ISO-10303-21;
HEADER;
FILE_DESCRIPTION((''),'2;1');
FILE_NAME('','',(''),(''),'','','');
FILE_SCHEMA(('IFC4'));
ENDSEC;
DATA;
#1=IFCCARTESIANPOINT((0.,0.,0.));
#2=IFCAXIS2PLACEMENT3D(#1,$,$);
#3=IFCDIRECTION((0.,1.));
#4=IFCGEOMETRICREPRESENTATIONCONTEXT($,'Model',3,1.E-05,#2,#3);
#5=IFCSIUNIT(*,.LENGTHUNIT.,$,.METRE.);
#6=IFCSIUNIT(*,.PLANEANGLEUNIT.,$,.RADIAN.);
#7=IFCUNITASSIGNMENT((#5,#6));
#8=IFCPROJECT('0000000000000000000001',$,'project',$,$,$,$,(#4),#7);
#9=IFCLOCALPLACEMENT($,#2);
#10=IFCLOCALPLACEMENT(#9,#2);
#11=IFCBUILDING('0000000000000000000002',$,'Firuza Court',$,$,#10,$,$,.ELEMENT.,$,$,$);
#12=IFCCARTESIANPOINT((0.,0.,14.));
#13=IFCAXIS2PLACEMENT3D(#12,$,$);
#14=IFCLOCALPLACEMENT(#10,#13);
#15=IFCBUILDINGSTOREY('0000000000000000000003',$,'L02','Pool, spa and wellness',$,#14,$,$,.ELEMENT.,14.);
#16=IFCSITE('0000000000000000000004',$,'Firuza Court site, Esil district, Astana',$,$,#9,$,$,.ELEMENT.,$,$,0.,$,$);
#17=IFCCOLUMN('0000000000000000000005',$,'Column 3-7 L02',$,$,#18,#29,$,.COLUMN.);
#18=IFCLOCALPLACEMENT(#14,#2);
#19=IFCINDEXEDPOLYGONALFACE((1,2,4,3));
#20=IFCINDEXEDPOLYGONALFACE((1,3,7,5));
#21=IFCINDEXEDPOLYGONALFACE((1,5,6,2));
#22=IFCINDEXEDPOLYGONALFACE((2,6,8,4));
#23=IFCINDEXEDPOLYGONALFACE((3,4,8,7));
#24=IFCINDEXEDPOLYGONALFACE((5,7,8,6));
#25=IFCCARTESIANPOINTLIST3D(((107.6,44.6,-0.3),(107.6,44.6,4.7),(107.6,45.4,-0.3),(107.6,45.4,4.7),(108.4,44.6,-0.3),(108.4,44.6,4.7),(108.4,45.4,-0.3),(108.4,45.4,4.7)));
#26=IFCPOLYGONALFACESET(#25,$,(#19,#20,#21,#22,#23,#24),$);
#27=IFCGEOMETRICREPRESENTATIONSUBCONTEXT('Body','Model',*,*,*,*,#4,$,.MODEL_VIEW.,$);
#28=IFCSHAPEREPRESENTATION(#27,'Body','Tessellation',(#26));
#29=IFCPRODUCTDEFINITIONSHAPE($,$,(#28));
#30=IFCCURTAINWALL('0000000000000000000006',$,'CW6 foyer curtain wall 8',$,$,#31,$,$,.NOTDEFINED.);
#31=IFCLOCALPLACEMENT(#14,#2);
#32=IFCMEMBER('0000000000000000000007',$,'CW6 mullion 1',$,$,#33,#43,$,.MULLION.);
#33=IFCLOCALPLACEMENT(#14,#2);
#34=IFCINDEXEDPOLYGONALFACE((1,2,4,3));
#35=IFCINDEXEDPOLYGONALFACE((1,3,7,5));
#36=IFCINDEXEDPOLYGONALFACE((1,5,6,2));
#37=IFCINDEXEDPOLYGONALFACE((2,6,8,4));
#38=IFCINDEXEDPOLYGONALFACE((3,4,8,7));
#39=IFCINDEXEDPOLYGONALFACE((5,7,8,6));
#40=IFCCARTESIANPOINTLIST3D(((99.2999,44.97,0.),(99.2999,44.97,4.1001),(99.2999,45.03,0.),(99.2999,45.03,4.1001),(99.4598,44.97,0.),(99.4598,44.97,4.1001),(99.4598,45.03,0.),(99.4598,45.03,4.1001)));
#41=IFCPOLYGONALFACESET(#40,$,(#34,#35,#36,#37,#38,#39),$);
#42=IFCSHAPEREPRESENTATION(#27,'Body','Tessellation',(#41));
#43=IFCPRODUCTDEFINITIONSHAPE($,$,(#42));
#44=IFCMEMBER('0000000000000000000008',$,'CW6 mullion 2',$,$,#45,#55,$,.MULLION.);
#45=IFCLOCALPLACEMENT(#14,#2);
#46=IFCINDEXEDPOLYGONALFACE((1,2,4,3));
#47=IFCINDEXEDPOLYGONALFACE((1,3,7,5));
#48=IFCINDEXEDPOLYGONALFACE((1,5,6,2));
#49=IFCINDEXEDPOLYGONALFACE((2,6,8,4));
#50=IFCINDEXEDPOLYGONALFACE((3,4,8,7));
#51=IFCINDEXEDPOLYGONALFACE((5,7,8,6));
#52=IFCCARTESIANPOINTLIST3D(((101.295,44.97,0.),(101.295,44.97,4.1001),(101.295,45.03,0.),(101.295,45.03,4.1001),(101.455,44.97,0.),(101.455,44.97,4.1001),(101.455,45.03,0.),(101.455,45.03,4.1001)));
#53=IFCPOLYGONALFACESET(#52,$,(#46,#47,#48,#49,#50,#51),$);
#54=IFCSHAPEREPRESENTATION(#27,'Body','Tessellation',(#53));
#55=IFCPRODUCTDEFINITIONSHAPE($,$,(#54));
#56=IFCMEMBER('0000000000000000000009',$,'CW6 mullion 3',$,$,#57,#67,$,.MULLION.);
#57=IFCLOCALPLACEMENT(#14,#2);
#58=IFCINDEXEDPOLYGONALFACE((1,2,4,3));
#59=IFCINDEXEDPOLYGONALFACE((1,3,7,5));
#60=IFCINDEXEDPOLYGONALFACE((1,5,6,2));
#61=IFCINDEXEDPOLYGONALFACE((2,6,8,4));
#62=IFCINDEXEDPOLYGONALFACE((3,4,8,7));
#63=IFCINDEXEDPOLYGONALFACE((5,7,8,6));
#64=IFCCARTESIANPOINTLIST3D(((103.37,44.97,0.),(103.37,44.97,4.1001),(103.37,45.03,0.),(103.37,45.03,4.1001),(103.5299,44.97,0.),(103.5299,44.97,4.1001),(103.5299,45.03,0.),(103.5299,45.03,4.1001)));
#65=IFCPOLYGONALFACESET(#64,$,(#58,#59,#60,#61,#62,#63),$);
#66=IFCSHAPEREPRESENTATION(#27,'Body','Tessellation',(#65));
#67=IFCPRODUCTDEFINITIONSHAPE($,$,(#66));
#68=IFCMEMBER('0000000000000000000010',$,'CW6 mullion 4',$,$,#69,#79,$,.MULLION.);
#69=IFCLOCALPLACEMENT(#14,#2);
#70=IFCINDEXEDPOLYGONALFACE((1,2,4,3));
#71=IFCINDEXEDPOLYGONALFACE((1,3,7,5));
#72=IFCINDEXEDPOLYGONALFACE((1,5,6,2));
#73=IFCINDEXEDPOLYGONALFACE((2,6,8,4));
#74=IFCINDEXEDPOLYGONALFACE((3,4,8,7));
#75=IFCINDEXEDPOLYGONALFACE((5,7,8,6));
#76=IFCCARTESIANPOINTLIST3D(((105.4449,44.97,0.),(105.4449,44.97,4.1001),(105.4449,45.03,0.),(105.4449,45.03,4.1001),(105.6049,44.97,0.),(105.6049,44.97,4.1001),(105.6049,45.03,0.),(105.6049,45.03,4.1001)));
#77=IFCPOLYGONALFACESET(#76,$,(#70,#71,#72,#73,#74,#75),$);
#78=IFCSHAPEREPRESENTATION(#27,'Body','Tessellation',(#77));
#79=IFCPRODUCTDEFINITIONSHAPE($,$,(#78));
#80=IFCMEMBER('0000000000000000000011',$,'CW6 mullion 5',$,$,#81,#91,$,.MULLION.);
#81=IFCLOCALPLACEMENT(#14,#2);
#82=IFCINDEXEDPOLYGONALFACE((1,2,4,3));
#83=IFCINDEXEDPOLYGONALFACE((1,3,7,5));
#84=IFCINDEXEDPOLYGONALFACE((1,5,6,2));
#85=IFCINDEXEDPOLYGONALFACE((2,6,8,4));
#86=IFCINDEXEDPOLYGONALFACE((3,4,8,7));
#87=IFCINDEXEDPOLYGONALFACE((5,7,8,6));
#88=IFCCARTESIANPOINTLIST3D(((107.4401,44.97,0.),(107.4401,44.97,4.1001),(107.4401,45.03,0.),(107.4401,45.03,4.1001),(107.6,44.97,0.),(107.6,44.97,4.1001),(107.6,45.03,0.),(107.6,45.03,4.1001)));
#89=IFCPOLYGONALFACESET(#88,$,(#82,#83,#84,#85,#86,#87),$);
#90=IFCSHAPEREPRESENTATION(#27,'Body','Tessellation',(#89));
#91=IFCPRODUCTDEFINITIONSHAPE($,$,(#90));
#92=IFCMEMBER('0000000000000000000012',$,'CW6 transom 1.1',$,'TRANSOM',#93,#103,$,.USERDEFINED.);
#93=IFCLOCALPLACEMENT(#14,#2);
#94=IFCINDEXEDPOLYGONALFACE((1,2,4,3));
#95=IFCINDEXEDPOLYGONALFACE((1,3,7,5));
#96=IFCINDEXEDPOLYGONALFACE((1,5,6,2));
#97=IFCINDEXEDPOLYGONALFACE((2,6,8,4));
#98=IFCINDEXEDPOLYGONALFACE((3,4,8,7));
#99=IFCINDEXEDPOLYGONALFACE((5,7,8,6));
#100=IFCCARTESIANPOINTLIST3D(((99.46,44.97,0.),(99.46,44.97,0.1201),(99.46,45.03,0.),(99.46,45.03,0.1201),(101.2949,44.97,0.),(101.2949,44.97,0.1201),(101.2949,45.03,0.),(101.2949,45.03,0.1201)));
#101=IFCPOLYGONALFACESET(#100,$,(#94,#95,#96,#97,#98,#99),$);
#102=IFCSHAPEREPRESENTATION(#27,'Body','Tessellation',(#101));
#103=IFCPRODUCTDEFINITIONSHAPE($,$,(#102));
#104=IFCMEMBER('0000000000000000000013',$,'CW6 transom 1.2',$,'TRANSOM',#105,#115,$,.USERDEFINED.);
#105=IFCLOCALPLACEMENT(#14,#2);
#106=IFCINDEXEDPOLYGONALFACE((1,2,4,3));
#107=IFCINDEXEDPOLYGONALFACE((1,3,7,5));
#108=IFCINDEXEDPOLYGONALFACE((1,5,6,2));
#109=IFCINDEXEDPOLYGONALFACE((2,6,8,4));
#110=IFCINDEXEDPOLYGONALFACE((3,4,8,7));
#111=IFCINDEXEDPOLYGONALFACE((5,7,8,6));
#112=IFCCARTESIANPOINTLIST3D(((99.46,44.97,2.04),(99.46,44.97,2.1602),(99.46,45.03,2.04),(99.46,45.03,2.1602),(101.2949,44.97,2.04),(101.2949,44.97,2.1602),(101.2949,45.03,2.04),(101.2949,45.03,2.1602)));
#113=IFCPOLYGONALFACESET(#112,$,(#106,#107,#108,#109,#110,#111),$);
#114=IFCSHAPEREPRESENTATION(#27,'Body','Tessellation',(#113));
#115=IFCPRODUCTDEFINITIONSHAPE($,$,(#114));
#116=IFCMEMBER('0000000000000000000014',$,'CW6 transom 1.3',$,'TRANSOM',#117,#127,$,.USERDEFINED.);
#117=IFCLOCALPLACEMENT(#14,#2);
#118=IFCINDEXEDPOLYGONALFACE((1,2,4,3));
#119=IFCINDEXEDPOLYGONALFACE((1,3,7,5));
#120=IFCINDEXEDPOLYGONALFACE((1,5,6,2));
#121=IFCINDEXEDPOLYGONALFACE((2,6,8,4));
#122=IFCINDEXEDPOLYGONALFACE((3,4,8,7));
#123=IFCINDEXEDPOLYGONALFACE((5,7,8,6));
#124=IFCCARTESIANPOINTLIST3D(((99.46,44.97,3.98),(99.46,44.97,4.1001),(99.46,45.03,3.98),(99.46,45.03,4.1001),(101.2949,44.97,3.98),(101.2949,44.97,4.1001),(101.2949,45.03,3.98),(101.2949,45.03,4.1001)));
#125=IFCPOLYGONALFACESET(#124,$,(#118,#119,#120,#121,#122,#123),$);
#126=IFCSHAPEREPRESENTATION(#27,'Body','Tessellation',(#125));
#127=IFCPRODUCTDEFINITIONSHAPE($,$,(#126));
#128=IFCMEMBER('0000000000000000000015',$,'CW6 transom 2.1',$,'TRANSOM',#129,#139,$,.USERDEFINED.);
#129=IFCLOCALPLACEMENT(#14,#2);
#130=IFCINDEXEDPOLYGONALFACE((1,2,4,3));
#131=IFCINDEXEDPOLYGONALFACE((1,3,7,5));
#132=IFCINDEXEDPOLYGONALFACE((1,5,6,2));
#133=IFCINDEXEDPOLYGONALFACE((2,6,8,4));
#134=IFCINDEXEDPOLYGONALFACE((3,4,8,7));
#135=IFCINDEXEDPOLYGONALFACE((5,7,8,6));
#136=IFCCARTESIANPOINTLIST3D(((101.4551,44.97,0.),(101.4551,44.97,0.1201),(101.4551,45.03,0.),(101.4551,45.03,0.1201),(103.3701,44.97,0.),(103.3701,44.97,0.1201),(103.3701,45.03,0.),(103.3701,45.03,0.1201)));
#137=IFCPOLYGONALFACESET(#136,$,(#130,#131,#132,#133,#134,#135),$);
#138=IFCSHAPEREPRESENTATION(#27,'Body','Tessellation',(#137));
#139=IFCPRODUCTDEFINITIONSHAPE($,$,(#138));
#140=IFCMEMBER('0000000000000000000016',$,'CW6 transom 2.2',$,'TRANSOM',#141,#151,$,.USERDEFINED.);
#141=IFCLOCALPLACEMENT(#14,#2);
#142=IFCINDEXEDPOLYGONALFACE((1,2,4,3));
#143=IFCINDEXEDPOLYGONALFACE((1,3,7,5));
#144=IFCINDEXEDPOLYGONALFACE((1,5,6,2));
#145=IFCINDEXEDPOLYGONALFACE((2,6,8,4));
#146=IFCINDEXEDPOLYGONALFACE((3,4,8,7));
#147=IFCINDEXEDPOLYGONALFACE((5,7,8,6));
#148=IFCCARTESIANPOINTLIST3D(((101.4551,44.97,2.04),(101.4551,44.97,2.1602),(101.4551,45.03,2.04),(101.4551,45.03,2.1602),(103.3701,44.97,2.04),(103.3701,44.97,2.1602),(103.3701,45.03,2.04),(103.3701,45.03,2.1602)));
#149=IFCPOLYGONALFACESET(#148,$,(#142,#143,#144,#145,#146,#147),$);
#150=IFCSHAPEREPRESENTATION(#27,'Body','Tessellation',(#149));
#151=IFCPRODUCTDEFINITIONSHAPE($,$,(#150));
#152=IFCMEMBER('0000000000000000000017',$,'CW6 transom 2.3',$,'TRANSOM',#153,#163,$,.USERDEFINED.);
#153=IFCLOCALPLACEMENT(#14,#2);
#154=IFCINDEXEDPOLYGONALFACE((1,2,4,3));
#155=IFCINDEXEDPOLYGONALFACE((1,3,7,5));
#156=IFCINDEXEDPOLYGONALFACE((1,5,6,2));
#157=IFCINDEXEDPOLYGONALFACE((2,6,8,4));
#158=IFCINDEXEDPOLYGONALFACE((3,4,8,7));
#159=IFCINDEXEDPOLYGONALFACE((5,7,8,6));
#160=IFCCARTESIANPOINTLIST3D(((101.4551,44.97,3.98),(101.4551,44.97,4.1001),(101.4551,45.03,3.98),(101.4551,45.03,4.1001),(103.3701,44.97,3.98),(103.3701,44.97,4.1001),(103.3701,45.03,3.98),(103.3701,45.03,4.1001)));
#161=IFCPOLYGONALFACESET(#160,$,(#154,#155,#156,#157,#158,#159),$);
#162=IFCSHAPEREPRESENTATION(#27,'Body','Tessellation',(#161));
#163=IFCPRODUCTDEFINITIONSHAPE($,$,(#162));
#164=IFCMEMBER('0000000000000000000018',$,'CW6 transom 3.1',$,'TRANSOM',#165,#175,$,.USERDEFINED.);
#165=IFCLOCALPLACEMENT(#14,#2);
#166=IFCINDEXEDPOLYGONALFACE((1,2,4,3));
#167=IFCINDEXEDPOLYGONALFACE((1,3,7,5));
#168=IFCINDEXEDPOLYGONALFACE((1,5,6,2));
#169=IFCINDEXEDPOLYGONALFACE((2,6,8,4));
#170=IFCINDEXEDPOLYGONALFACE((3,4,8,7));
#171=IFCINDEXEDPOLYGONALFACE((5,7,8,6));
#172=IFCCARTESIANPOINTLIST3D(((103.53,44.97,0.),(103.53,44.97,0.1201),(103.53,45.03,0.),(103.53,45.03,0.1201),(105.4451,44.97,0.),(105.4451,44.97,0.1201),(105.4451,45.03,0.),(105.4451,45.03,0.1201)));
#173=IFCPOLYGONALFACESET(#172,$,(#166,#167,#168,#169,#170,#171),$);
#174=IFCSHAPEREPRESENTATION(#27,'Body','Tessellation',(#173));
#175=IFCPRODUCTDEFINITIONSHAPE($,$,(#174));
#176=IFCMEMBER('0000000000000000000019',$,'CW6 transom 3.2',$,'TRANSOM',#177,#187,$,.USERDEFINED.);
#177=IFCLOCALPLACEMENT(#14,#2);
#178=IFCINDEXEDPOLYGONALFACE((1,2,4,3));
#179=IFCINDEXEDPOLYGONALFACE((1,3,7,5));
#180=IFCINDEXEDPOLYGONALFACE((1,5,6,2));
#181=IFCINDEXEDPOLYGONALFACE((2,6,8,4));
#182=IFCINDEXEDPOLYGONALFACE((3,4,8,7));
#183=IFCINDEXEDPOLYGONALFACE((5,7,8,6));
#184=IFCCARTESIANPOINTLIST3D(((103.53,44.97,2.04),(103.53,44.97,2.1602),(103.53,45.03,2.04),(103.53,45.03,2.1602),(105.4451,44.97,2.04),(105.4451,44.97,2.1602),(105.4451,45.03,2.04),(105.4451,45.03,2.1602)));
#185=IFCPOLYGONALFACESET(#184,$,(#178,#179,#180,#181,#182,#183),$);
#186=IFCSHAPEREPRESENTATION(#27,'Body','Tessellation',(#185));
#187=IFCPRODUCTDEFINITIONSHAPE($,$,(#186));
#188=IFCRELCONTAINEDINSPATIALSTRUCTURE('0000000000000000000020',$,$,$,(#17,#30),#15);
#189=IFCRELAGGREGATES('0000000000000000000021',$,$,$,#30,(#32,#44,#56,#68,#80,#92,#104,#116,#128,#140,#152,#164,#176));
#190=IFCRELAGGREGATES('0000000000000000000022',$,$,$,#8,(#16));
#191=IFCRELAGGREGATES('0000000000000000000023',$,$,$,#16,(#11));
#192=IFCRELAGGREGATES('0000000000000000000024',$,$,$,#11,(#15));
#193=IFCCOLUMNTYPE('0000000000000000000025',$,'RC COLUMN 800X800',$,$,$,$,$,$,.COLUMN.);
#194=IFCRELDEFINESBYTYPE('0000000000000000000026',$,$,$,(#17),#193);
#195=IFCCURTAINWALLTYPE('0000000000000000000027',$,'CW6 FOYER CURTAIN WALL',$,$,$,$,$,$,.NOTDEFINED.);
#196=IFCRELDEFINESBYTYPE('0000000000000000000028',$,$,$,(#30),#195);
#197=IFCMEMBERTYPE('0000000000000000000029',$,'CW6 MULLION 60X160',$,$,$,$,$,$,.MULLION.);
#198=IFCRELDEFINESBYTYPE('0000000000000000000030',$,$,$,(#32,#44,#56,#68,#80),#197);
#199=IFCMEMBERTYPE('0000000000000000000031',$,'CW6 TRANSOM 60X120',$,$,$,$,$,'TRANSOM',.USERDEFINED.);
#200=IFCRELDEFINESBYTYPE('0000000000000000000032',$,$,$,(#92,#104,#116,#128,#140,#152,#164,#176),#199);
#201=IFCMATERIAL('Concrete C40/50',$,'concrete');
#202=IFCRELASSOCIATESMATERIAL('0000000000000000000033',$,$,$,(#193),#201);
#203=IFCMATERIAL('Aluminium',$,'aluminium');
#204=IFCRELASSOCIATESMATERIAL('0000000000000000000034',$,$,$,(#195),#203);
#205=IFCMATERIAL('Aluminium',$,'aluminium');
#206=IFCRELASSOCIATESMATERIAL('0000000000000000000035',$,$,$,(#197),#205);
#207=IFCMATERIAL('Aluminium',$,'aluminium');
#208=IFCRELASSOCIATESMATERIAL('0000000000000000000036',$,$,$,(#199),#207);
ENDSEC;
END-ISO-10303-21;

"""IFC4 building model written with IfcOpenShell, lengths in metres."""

from ifc_helpers import new_model, si_unit, direction, frame, origin, origin_2d, place, context, subcontext, project, spatial, rectangle, extrude, material, material_profile, profile_set, type_object, element, aggregate, save


model = new_model("IFC4")

# Units and contexts
model_context = context("Model", 3, precision=1e-05, world=origin(), true_north=direction((0.0, 1.0)))
body_context = subcontext(model_context, "Body", "Model", "MODEL_VIEW")
ifc_project = project(units=[si_unit("LENGTHUNIT", "METRE"), si_unit("PLANEANGLEUNIT", "RADIAN")], contexts=[model_context])

# Site, building, storey
site_placement = place(None, origin())
site = spatial("IfcSite", under=ifc_project, at=site_placement, Name="Firuza Court site, Esil district, Astana", CompositionType="ELEMENT", RefElevation=0.0)
building_placement = place(site_placement, origin())
building = spatial("IfcBuilding", under=site, at=building_placement, Name="Firuza Court", CompositionType="ELEMENT")
storey_placement = place(building_placement, frame((0.0, 0.0, 14.0)))
storey = spatial("IfcBuildingStorey", under=building, at=storey_placement, Name="L02", Description="Pool, spa and wellness", CompositionType="ELEMENT", Elevation=14.0)

# Column
ifc_material_1 = material(Name="Concrete C40/50", Category="concrete")
ifc_material_profile_1 = material_profile(ifc_material_1, rectangle(XDim=0.8, YDim=0.8, at=origin_2d()), Name="RC 800X800")
ifc_profile_set_1 = profile_set([ifc_material_profile_1], Name="Concrete C40/50")
column_type = type_object("IfcColumnType", Name="RC COLUMN 800X800", PredefinedType="COLUMN", material=ifc_profile_set_1)
column_placement = place(storey_placement, frame((108.0, 45.0, -0.3), z_axis=(0.0, 0.0, 1.0), x_axis=(1.0, 0.0, 0.0)))
element("IfcColumn", 1, at=column_placement, inside=storey, type_object=column_type, Name="Column 3-7 L02", PredefinedType="COLUMN", context=body_context, shape_type="SweptSolid", body=[
    extrude(rectangle(XDim=0.8, YDim=0.8, at=origin_2d()), origin(), (0.0, 0.0, 1.0), 5.0),
])

# Curtain wall, members
ifc_material_2 = material(Name="Aluminium", Category="aluminium")
curtain_wall_type = type_object("IfcCurtainWallType", Name="CW6 FOYER CURTAIN WALL", PredefinedType="NOTDEFINED", material=ifc_material_2)
curtain_wall_placement = place(storey_placement, origin())
curtain_wall = element("IfcCurtainWall", 2, at=curtain_wall_placement, inside=storey, type_object=curtain_wall_type, Name="CW6 foyer curtain wall 8", PredefinedType="NOTDEFINED")
ifc_material_3 = material(Name="Aluminium", Category="aluminium")
ifc_material_profile_2 = material_profile(ifc_material_3, rectangle(XDim=0.0601, YDim=0.1599, at=origin_2d()), Name="MULLION 60X160")
ifc_profile_set_2 = profile_set([ifc_material_profile_2], Name="Aluminium")
member_type_1 = type_object("IfcMemberType", Name="CW6 MULLION 60X160", PredefinedType="MULLION", material=ifc_profile_set_2)
member_1_placement = place(storey_placement, frame((99.3799, 45.0, 0.0), z_axis=(0.0, 0.0, 1.0), x_axis=(0.0, 1.0, 0.0)))
member_1 = element("IfcMember", 3, at=member_1_placement, type_object=member_type_1, Name="CW6 mullion 1", PredefinedType="MULLION", context=body_context, shape_type="SweptSolid", body=[
    extrude(rectangle(XDim=0.0601, YDim=0.1599, at=origin_2d()), origin(), (0.0, 0.0, 1.0), 4.1001),
])
member_2_placement = place(storey_placement, frame((101.375, 45.0, 0.0), z_axis=(0.0, 0.0, 1.0), x_axis=(0.0, 1.0, 0.0)))
member_2 = element("IfcMember", 4, at=member_2_placement, type_object=member_type_1, Name="CW6 mullion 2", PredefinedType="MULLION", context=body_context, shape_type="SweptSolid", body=[
    extrude(rectangle(XDim=0.0601, YDim=0.1599, at=origin_2d()), origin(), (0.0, 0.0, 1.0), 4.1001),
])
member_3_placement = place(storey_placement, frame((103.45, 45.0, 0.0), z_axis=(0.0, 0.0, 1.0), x_axis=(0.0, 1.0, 0.0)))
member_3 = element("IfcMember", 5, at=member_3_placement, type_object=member_type_1, Name="CW6 mullion 3", PredefinedType="MULLION", context=body_context, shape_type="SweptSolid", body=[
    extrude(rectangle(XDim=0.0601, YDim=0.1599, at=origin_2d()), origin(), (0.0, 0.0, 1.0), 4.1001),
])
member_4_placement = place(storey_placement, frame((105.5249, 45.0, 0.0), z_axis=(0.0, 0.0, 1.0), x_axis=(0.0, 1.0, 0.0)))
member_4 = element("IfcMember", 6, at=member_4_placement, type_object=member_type_1, Name="CW6 mullion 4", PredefinedType="MULLION", context=body_context, shape_type="SweptSolid", body=[
    extrude(rectangle(XDim=0.0601, YDim=0.1599, at=origin_2d()), origin(), (0.0, 0.0, 1.0), 4.1001),
])
member_5_placement = place(storey_placement, frame((107.52, 45.0, 0.0), z_axis=(0.0, 0.0, 1.0), x_axis=(0.0, 1.0, 0.0)))
member_5 = element("IfcMember", 7, at=member_5_placement, type_object=member_type_1, Name="CW6 mullion 5", PredefinedType="MULLION", context=body_context, shape_type="SweptSolid", body=[
    extrude(rectangle(XDim=0.0601, YDim=0.1599, at=origin_2d()), origin(), (0.0, 0.0, 1.0), 4.1001),
])
ifc_material_4 = material(Name="Aluminium", Category="aluminium")
ifc_material_profile_3 = material_profile(ifc_material_4, rectangle(XDim=0.0601, YDim=0.1201, at=origin_2d()), Name="TRANSOM 60X120")
ifc_profile_set_3 = profile_set([ifc_material_profile_3], Name="Aluminium")
member_type_2 = type_object("IfcMemberType", Name="CW6 TRANSOM 60X120", ElementType="TRANSOM", PredefinedType="USERDEFINED", material=ifc_profile_set_3)
member_6_placement = place(storey_placement, frame((99.46, 45.0, 0.0601), z_axis=(1.0, 0.0, 0.0), x_axis=(0.0, 1.0, 0.0)))
member_6 = element("IfcMember", 8, at=member_6_placement, type_object=member_type_2, Name="CW6 transom 1.1", ObjectType="TRANSOM", PredefinedType="USERDEFINED", context=body_context, shape_type="SweptSolid", body=[
    extrude(rectangle(XDim=0.0601, YDim=0.1201, at=origin_2d()), origin(), (0.0, 0.0, 1.0), 1.835),
])
member_7_placement = place(storey_placement, frame((99.46, 45.0, 2.1001), z_axis=(1.0, 0.0, 0.0), x_axis=(0.0, 1.0, 0.0)))
member_7 = element("IfcMember", 9, at=member_7_placement, type_object=member_type_2, Name="CW6 transom 1.2", ObjectType="TRANSOM", PredefinedType="USERDEFINED", context=body_context, shape_type="SweptSolid", body=[
    extrude(rectangle(XDim=0.0601, YDim=0.1201, at=origin_2d()), origin(), (0.0, 0.0, 1.0), 1.835),
])
member_8_placement = place(storey_placement, frame((99.46, 45.0, 4.04), z_axis=(1.0, 0.0, 0.0), x_axis=(0.0, 1.0, 0.0)))
member_8 = element("IfcMember", 10, at=member_8_placement, type_object=member_type_2, Name="CW6 transom 1.3", ObjectType="TRANSOM", PredefinedType="USERDEFINED", context=body_context, shape_type="SweptSolid", body=[
    extrude(rectangle(XDim=0.0601, YDim=0.1201, at=origin_2d()), origin(), (0.0, 0.0, 1.0), 1.835),
])
member_9_placement = place(storey_placement, frame((101.4551, 45.0, 0.0601), z_axis=(1.0, 0.0, 0.0), x_axis=(0.0, 1.0, 0.0)))
member_9 = element("IfcMember", 11, at=member_9_placement, type_object=member_type_2, Name="CW6 transom 2.1", ObjectType="TRANSOM", PredefinedType="USERDEFINED", context=body_context, shape_type="SweptSolid", body=[
    extrude(rectangle(XDim=0.0601, YDim=0.1201, at=origin_2d()), origin(), (0.0, 0.0, 1.0), 1.915),
])
member_10_placement = place(storey_placement, frame((101.4551, 45.0, 2.1001), z_axis=(1.0, 0.0, 0.0), x_axis=(0.0, 1.0, 0.0)))
member_10 = element("IfcMember", 12, at=member_10_placement, type_object=member_type_2, Name="CW6 transom 2.2", ObjectType="TRANSOM", PredefinedType="USERDEFINED", context=body_context, shape_type="SweptSolid", body=[
    extrude(rectangle(XDim=0.0601, YDim=0.1201, at=origin_2d()), origin(), (0.0, 0.0, 1.0), 1.915),
])
member_11_placement = place(storey_placement, frame((101.4551, 45.0, 4.04), z_axis=(1.0, 0.0, 0.0), x_axis=(0.0, 1.0, 0.0)))
member_11 = element("IfcMember", 13, at=member_11_placement, type_object=member_type_2, Name="CW6 transom 2.3", ObjectType="TRANSOM", PredefinedType="USERDEFINED", context=body_context, shape_type="SweptSolid", body=[
    extrude(rectangle(XDim=0.0601, YDim=0.1201, at=origin_2d()), origin(), (0.0, 0.0, 1.0), 1.915),
])
member_12_placement = place(storey_placement, frame((103.53, 45.0, 0.0601), z_axis=(1.0, 0.0, 0.0), x_axis=(0.0, 1.0, 0.0)))
member_12 = element("IfcMember", 14, at=member_12_placement, type_object=member_type_2, Name="CW6 transom 3.1", ObjectType="TRANSOM", PredefinedType="USERDEFINED", context=body_context, shape_type="SweptSolid", body=[
    extrude(rectangle(XDim=0.0601, YDim=0.1201, at=origin_2d()), origin(), (0.0, 0.0, 1.0), 1.915),
])
member_13_placement = place(storey_placement, frame((103.53, 45.0, 2.1001), z_axis=(1.0, 0.0, 0.0), x_axis=(0.0, 1.0, 0.0)))
member_13 = element("IfcMember", 15, at=member_13_placement, type_object=member_type_2, Name="CW6 transom 3.2", ObjectType="TRANSOM", PredefinedType="USERDEFINED", context=body_context, shape_type="SweptSolid", body=[
    extrude(rectangle(XDim=0.0601, YDim=0.1201, at=origin_2d()), origin(), (0.0, 0.0, 1.0), 1.915),
])
aggregate(curtain_wall, [member_1, member_2, member_3, member_4, member_5, member_6, member_7, member_8, member_9, member_10, member_11, member_12, member_13])

save(model, "model.ifc")
